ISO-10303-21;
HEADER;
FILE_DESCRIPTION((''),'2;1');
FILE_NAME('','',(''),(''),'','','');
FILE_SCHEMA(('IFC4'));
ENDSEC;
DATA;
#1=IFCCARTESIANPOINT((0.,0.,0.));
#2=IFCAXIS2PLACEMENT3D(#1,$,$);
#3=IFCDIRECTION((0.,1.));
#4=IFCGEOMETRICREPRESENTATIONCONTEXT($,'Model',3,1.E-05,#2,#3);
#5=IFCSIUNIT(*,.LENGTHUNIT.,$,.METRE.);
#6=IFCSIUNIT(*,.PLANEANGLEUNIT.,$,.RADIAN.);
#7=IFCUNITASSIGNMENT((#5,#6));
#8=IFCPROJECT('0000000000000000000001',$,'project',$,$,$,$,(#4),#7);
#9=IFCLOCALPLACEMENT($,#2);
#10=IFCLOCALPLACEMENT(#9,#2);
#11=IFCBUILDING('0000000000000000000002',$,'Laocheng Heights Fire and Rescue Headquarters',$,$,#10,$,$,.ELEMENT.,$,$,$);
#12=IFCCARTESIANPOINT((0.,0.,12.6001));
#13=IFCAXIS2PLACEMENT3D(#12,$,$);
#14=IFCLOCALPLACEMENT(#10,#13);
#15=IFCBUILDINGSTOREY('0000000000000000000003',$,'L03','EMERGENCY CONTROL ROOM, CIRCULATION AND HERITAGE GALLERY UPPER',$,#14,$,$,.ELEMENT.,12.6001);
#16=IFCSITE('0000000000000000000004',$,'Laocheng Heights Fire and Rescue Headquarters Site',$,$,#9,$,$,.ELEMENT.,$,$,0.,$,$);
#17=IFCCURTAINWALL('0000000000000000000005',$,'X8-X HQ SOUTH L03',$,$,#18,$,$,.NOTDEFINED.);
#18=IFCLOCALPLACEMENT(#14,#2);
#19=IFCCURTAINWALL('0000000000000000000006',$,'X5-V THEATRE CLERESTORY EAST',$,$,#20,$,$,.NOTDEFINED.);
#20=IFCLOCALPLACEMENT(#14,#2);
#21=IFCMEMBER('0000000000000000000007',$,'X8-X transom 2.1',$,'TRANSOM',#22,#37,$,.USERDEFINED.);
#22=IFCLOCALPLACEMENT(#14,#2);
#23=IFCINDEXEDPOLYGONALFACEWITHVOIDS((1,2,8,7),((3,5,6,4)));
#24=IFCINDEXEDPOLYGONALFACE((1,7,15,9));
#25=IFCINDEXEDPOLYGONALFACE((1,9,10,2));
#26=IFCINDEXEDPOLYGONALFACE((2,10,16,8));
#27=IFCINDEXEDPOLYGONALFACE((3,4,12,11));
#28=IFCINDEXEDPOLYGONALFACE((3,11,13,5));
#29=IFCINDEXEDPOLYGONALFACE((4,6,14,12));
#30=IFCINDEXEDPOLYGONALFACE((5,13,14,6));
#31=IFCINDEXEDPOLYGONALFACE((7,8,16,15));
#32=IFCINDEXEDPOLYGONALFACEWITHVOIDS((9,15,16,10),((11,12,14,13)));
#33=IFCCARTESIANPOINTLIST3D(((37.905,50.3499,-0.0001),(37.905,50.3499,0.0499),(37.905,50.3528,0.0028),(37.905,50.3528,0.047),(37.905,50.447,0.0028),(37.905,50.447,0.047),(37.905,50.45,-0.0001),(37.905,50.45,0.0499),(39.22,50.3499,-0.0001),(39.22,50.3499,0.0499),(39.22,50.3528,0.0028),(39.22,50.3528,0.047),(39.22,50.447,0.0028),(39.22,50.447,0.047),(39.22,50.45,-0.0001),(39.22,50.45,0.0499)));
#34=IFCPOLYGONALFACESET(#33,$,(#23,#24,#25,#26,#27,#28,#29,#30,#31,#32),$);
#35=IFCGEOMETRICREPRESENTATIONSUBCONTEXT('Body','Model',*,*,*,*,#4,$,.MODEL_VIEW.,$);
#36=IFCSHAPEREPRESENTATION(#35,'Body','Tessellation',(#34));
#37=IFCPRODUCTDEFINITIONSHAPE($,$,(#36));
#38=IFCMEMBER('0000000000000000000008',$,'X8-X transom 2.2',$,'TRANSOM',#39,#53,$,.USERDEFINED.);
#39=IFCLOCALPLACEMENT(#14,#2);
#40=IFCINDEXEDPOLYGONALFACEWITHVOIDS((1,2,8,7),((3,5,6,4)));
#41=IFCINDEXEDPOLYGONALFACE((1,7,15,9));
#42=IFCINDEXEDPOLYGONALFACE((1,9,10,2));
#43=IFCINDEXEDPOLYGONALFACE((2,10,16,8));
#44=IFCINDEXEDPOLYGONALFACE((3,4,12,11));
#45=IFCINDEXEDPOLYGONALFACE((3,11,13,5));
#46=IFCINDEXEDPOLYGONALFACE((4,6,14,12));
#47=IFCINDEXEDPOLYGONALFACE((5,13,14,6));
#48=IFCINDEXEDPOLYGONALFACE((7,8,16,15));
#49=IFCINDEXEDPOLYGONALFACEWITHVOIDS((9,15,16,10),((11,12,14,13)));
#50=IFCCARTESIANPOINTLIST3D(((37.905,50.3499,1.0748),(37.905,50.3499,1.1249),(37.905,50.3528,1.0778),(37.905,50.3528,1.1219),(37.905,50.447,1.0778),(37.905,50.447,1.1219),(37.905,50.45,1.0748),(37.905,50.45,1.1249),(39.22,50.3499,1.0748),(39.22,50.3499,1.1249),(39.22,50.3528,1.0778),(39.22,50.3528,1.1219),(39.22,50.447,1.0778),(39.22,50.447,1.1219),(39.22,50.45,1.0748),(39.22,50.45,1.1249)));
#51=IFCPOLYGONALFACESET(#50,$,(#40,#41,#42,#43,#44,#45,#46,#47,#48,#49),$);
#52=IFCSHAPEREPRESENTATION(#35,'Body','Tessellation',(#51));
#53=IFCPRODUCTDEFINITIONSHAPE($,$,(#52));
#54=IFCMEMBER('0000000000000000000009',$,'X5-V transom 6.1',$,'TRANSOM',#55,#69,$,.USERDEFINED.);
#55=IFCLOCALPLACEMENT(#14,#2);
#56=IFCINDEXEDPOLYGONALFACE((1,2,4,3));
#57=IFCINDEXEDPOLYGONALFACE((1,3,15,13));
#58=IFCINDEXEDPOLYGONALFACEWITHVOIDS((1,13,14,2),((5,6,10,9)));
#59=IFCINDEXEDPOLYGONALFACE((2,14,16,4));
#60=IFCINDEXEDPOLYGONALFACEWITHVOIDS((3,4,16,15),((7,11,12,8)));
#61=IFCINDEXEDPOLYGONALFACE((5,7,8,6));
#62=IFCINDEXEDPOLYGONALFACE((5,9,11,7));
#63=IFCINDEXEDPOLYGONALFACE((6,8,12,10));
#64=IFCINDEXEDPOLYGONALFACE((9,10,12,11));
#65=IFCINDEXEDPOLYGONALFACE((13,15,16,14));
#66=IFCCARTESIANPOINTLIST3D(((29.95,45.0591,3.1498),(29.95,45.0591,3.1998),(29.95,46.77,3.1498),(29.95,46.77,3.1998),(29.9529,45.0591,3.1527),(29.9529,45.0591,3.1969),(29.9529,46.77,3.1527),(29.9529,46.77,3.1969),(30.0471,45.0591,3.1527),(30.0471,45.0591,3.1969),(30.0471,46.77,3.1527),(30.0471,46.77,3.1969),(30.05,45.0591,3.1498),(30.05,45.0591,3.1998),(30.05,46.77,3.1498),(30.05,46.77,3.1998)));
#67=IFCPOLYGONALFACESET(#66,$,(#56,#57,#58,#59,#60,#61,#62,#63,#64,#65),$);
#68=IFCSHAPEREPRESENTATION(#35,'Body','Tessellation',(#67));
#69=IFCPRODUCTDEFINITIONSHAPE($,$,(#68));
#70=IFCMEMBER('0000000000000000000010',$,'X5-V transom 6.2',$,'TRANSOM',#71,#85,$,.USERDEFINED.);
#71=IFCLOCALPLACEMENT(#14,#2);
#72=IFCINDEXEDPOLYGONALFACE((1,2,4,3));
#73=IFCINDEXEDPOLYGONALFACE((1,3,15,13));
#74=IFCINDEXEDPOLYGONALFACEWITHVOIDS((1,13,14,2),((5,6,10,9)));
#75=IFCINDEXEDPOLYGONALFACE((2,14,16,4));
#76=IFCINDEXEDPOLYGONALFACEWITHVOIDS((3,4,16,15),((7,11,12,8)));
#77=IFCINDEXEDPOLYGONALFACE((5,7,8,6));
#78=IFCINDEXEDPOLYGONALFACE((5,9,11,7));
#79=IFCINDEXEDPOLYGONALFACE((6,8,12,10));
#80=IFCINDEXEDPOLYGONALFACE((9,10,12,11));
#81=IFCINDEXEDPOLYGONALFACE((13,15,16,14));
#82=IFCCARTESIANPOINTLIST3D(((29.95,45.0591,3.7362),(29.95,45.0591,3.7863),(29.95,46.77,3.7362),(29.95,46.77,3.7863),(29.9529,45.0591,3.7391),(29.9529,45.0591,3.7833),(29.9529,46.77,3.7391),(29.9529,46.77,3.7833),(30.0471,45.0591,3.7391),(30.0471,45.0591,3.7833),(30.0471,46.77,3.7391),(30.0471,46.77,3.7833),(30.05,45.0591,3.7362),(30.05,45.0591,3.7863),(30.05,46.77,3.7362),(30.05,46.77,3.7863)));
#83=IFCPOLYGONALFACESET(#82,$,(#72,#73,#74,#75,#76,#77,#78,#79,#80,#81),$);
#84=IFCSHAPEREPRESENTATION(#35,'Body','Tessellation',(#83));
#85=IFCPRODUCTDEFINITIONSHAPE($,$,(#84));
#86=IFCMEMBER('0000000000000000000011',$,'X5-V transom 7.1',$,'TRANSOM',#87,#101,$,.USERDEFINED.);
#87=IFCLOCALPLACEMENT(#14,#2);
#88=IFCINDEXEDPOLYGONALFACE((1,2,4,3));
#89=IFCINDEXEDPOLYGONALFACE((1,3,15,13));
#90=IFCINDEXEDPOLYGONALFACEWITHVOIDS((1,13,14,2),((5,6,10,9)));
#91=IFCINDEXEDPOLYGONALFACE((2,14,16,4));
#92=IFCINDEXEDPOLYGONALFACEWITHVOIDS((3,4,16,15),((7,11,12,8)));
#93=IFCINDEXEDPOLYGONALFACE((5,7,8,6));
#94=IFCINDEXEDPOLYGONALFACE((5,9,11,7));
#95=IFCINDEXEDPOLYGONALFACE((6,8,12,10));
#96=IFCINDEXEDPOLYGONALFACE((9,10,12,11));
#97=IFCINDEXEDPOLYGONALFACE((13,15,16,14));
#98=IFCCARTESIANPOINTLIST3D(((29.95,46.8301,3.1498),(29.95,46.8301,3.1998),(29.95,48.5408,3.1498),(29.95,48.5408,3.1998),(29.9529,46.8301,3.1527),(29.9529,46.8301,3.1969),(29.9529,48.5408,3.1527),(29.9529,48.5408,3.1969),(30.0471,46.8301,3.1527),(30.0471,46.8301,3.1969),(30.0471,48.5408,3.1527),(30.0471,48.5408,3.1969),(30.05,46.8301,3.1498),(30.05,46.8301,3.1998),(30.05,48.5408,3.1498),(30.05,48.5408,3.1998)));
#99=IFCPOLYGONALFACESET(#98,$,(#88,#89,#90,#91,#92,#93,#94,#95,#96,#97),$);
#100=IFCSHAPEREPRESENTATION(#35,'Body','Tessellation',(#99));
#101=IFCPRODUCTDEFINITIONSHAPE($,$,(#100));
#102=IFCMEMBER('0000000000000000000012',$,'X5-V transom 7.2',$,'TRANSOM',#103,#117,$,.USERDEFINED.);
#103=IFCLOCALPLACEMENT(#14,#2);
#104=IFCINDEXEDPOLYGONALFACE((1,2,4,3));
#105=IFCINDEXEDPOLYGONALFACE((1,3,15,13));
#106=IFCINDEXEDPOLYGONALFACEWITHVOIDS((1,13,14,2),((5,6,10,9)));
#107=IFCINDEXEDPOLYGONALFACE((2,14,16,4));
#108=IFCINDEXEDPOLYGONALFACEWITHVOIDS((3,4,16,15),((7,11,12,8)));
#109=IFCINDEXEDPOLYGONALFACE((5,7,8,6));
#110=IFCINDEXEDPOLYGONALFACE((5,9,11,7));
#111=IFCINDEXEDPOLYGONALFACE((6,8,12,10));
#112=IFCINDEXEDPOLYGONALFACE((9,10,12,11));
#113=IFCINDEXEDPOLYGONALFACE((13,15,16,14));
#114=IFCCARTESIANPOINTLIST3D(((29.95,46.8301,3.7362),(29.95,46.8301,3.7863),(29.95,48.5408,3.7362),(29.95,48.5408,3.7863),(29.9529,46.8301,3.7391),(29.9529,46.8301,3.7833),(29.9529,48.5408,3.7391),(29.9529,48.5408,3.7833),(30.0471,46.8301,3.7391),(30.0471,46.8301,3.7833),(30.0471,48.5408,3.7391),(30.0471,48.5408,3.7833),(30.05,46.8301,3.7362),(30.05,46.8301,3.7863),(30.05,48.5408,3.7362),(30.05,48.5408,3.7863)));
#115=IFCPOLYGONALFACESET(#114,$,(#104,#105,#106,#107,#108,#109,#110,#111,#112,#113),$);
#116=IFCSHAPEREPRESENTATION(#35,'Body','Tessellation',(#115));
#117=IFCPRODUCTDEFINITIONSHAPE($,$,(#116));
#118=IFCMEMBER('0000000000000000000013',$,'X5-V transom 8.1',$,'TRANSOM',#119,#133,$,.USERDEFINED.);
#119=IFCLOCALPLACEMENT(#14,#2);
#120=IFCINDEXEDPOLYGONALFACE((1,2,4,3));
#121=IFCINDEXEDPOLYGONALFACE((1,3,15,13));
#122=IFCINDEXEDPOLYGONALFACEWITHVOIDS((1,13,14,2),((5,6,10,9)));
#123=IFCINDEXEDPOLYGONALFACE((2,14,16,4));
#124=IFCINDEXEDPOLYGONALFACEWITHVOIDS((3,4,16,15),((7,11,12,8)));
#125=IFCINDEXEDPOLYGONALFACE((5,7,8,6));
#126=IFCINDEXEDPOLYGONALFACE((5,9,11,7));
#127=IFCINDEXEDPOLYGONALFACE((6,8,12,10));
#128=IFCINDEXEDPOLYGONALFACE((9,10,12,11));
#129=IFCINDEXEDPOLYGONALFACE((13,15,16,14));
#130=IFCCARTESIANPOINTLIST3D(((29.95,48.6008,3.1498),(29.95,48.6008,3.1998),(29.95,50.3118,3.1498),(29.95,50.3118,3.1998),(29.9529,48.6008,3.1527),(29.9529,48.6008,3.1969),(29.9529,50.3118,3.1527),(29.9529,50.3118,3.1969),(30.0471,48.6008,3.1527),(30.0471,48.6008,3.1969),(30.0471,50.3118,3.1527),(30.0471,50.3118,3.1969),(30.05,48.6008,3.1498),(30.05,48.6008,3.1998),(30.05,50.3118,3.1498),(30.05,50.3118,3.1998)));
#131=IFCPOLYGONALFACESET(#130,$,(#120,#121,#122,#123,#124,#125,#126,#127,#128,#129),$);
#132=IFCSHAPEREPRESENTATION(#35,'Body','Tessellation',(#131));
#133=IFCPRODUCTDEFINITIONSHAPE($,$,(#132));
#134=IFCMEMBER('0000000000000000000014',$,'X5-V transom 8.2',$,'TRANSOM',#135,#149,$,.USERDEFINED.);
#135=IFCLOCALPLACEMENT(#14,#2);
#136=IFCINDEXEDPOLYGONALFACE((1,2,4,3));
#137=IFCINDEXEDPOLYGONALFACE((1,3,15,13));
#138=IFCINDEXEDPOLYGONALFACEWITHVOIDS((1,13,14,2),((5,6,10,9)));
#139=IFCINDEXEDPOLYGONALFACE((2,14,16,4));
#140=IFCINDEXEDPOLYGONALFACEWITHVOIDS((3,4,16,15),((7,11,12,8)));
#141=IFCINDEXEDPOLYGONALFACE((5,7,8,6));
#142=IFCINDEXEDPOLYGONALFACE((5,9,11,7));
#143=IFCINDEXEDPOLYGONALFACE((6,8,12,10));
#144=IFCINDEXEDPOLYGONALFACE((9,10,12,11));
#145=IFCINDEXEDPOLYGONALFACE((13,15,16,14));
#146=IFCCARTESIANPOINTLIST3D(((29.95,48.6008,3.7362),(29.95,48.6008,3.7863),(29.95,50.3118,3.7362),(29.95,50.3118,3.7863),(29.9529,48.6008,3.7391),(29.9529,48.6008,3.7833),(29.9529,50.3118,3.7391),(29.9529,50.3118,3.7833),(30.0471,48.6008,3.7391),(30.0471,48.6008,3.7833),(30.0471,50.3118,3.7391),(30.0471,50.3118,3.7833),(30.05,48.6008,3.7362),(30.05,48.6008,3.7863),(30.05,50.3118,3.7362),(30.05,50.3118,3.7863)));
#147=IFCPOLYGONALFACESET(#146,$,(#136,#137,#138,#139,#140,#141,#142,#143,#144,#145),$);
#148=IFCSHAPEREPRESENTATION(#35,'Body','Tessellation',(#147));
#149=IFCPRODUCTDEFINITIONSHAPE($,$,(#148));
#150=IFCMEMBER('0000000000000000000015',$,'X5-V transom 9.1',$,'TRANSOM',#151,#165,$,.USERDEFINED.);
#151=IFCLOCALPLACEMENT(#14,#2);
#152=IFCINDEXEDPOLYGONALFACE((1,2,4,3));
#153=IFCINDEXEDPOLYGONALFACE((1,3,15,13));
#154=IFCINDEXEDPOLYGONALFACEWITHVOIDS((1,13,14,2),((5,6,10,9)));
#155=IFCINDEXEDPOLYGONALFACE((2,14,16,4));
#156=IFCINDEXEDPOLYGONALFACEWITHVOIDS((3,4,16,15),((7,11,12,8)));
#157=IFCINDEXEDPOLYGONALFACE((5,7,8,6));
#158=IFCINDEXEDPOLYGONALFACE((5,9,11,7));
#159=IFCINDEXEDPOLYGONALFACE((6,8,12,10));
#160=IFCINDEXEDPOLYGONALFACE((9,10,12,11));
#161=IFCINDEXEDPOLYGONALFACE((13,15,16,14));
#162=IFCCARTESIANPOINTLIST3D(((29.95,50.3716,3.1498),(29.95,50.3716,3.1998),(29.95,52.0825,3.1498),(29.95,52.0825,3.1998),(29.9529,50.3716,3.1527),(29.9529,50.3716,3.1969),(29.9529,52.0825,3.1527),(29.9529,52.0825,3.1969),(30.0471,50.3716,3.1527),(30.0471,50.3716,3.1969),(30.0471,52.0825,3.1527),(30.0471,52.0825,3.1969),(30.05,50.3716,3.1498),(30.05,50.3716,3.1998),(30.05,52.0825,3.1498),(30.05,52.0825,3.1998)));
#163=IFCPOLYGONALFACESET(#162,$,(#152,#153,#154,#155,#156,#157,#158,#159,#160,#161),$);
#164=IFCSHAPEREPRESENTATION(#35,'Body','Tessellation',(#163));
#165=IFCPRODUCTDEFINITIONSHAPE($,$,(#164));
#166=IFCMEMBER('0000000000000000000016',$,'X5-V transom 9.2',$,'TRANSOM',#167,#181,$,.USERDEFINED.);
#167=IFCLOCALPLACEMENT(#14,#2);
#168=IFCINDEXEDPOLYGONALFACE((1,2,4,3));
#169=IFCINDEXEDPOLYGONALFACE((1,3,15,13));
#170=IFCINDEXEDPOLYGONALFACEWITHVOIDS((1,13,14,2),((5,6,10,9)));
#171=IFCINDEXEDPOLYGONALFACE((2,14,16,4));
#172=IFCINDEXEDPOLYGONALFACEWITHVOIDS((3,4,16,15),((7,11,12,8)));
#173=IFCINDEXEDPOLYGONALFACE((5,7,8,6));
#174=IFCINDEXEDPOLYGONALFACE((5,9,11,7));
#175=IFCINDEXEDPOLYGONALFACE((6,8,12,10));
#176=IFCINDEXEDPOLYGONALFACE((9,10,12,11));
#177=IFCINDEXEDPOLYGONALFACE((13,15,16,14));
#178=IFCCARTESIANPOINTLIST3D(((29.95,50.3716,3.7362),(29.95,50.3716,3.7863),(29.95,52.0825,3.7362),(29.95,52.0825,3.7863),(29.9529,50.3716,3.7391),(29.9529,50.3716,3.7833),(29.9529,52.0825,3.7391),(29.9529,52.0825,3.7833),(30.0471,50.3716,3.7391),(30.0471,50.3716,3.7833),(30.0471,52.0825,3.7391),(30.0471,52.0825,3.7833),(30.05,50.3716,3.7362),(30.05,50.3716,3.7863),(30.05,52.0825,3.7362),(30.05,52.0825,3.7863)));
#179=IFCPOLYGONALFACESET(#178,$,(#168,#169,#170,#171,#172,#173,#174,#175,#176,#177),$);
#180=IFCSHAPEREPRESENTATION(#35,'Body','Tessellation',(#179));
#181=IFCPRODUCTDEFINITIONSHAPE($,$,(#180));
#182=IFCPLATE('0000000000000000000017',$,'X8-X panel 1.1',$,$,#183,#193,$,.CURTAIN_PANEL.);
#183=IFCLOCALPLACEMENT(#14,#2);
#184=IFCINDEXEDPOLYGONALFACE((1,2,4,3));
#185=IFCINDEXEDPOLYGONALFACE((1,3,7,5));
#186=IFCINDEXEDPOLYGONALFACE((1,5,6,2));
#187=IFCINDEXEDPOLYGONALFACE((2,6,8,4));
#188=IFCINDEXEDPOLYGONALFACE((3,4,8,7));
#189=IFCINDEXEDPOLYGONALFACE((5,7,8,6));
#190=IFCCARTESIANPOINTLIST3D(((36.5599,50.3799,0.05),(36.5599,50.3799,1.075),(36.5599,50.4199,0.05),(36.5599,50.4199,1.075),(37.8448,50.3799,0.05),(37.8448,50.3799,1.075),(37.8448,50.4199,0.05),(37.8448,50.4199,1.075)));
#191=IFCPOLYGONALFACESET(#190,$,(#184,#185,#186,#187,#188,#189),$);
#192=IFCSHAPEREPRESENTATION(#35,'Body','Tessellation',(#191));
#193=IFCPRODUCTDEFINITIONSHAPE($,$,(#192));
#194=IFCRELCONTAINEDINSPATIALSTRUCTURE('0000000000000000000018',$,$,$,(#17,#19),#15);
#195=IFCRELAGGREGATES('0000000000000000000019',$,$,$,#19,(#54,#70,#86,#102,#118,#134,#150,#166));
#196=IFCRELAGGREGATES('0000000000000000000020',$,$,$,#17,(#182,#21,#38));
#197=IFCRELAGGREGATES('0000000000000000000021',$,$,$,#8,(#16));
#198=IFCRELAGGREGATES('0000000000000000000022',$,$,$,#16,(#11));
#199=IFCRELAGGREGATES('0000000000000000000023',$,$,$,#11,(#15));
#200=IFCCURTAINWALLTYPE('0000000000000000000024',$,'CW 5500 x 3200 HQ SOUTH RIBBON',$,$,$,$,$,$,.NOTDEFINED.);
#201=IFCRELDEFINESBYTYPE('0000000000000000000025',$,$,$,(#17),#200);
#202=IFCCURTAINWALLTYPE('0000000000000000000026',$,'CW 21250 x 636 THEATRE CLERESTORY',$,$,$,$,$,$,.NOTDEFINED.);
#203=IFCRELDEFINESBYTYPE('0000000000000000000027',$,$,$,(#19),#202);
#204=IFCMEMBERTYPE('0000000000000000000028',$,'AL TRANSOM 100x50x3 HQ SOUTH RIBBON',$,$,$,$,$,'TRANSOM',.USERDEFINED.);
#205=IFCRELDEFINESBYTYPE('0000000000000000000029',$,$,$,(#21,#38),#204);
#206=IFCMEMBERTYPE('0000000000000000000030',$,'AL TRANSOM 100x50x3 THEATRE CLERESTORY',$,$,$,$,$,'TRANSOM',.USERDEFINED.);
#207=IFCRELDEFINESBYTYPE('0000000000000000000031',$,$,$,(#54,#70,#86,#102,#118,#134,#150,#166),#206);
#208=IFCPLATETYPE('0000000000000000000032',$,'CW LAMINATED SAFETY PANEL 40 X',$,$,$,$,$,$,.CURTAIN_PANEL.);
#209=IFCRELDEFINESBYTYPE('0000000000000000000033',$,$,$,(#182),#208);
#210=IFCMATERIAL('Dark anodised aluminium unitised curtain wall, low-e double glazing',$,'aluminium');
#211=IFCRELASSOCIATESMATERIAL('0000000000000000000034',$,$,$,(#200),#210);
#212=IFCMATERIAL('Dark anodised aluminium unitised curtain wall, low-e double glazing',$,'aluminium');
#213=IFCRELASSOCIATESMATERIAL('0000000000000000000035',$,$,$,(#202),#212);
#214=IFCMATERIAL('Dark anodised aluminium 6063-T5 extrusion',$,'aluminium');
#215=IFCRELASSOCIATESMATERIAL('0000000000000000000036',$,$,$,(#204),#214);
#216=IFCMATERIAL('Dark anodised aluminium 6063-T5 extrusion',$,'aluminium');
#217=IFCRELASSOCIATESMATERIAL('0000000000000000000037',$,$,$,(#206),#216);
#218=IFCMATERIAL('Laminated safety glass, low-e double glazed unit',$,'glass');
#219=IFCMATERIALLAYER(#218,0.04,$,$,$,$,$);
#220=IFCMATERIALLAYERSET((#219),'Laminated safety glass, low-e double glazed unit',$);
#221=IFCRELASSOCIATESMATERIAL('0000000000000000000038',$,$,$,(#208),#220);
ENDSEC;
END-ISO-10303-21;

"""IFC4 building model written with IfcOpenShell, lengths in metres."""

from ifc_helpers import new_model, si_unit, direction, frame, origin, origin_2d, place, context, subcontext, project, spatial, rectangle, hollow_rectangle, extrude, material, layer, layer_set, material_profile, profile_set, type_object, element, aggregate, save


model = new_model("IFC4")

# Units and contexts
model_context = context("Model", 3, precision=1e-05, world=origin(), true_north=direction((0.0, 1.0)))
body_context = subcontext(model_context, "Body", "Model", "MODEL_VIEW")
ifc_project = project(units=[si_unit("LENGTHUNIT", "METRE"), si_unit("PLANEANGLEUNIT", "RADIAN")], contexts=[model_context])

# Site, building, storey
site_placement = place(None, origin())
site = spatial("IfcSite", under=ifc_project, at=site_placement, Name="Laocheng Heights Fire and Rescue Headquarters Site", CompositionType="ELEMENT", RefElevation=0.0)
building_placement = place(site_placement, origin())
building = spatial("IfcBuilding", under=site, at=building_placement, Name="Laocheng Heights Fire and Rescue Headquarters", CompositionType="ELEMENT")
storey_placement = place(building_placement, frame((0.0, 0.0, 12.6001)))
storey = spatial("IfcBuildingStorey", under=building, at=storey_placement, Name="L03", Description="EMERGENCY CONTROL ROOM, CIRCULATION AND HERITAGE GALLERY UPPER", CompositionType="ELEMENT", Elevation=12.6001)

# Curtain walls
ifc_material_1 = material(Name="Dark anodised aluminium unitised curtain wall, low-e double glazing", Category="aluminium")
curtain_wall_type_1 = type_object("IfcCurtainWallType", Name="CW 5500 x 3200 HQ SOUTH RIBBON", PredefinedType="NOTDEFINED", material=ifc_material_1)
curtain_wall_1_placement = place(storey_placement, origin())
curtain_wall_1 = element("IfcCurtainWall", 1, at=curtain_wall_1_placement, inside=storey, type_object=curtain_wall_type_1, Name="X8-X HQ SOUTH L03", PredefinedType="NOTDEFINED")
ifc_material_2 = material(Name="Dark anodised aluminium unitised curtain wall, low-e double glazing", Category="aluminium")
curtain_wall_type_2 = type_object("IfcCurtainWallType", Name="CW 21250 x 636 THEATRE CLERESTORY", PredefinedType="NOTDEFINED", material=ifc_material_2)
curtain_wall_2_placement = place(storey_placement, origin())
curtain_wall_2 = element("IfcCurtainWall", 2, at=curtain_wall_2_placement, inside=storey, type_object=curtain_wall_type_2, Name="X5-V THEATRE CLERESTORY EAST", PredefinedType="NOTDEFINED")

# Members
ifc_material_3 = material(Name="Dark anodised aluminium 6063-T5 extrusion", Category="aluminium")
ifc_material_profile_1 = material_profile(ifc_material_3, hollow_rectangle(XDim=0.1001, YDim=0.05, WallThickness=0.0029, at=origin_2d()), Name="AL TRANSOM 100x50x3 HQ SOUTH RIBBON")
ifc_profile_set_1 = profile_set([ifc_material_profile_1], Name="Dark anodised aluminium 6063-T5 extrusion")
member_type_1 = type_object("IfcMemberType", Name="AL TRANSOM 100x50x3 HQ SOUTH RIBBON", ElementType="TRANSOM", PredefinedType="USERDEFINED", material=ifc_profile_set_1)
member_1_placement = place(storey_placement, frame((37.905, 50.3999, 0.0249), z_axis=(1.0, 0.0, 0.0), x_axis=(0.0, 1.0, 0.0)))
member_1 = element("IfcMember", 3, at=member_1_placement, type_object=member_type_1, Name="X8-X transom 2.1", ObjectType="TRANSOM", PredefinedType="USERDEFINED", context=body_context, shape_type="SweptSolid", body=[
    extrude(hollow_rectangle(XDim=0.1001, YDim=0.05, WallThickness=0.0029, at=origin_2d()), origin(), (0.0, 0.0, 1.0), 1.3149),
])
member_2_placement = place(storey_placement, frame((37.905, 50.3999, 1.0999), z_axis=(1.0, 0.0, 0.0), x_axis=(0.0, 1.0, 0.0)))
member_2 = element("IfcMember", 4, at=member_2_placement, type_object=member_type_1, Name="X8-X transom 2.2", ObjectType="TRANSOM", PredefinedType="USERDEFINED", context=body_context, shape_type="SweptSolid", body=[
    extrude(hollow_rectangle(XDim=0.1001, YDim=0.05, WallThickness=0.0029, at=origin_2d()), origin(), (0.0, 0.0, 1.0), 1.3149),
])
ifc_material_4 = material(Name="Dark anodised aluminium 6063-T5 extrusion", Category="aluminium")
ifc_material_profile_2 = material_profile(ifc_material_4, hollow_rectangle(XDim=0.1001, YDim=0.05, WallThickness=0.0029, at=origin_2d()), Name="AL TRANSOM 100x50x3 THEATRE CLERESTORY")
ifc_profile_set_2 = profile_set([ifc_material_profile_2], Name="Dark anodised aluminium 6063-T5 extrusion")
member_type_2 = type_object("IfcMemberType", Name="AL TRANSOM 100x50x3 THEATRE CLERESTORY", ElementType="TRANSOM", PredefinedType="USERDEFINED", material=ifc_profile_set_2)
member_3_placement = place(storey_placement, frame((30.0, 45.0591, 3.1748), z_axis=(0.0, 1.0, 0.0), x_axis=(-1.0, 0.0, 0.0)))
member_3 = element("IfcMember", 5, at=member_3_placement, type_object=member_type_2, Name="X5-V transom 6.1", ObjectType="TRANSOM", PredefinedType="USERDEFINED", context=body_context, shape_type="SweptSolid", body=[
    extrude(hollow_rectangle(XDim=0.1001, YDim=0.05, WallThickness=0.0029, at=origin_2d()), origin(), (0.0, 0.0, 1.0), 1.7109),
])
member_4_placement = place(storey_placement, frame((30.0, 45.0591, 3.7612), z_axis=(0.0, 1.0, 0.0), x_axis=(-1.0, 0.0, 0.0)))
member_4 = element("IfcMember", 6, at=member_4_placement, type_object=member_type_2, Name="X5-V transom 6.2", ObjectType="TRANSOM", PredefinedType="USERDEFINED", context=body_context, shape_type="SweptSolid", body=[
    extrude(hollow_rectangle(XDim=0.1001, YDim=0.05, WallThickness=0.0029, at=origin_2d()), origin(), (0.0, 0.0, 1.0), 1.7109),
])
member_5_placement = place(storey_placement, frame((30.0, 46.8301, 3.1748), z_axis=(0.0, 1.0, 0.0), x_axis=(-1.0, 0.0, 0.0)))
member_5 = element("IfcMember", 7, at=member_5_placement, type_object=member_type_2, Name="X5-V transom 7.1", ObjectType="TRANSOM", PredefinedType="USERDEFINED", context=body_context, shape_type="SweptSolid", body=[
    extrude(hollow_rectangle(XDim=0.1001, YDim=0.05, WallThickness=0.0029, at=origin_2d()), origin(), (0.0, 0.0, 1.0), 1.7107),
])
member_6_placement = place(storey_placement, frame((30.0, 46.8301, 3.7612), z_axis=(0.0, 1.0, 0.0), x_axis=(-1.0, 0.0, 0.0)))
member_6 = element("IfcMember", 8, at=member_6_placement, type_object=member_type_2, Name="X5-V transom 7.2", ObjectType="TRANSOM", PredefinedType="USERDEFINED", context=body_context, shape_type="SweptSolid", body=[
    extrude(hollow_rectangle(XDim=0.1001, YDim=0.05, WallThickness=0.0029, at=origin_2d()), origin(), (0.0, 0.0, 1.0), 1.7107),
])
member_7_placement = place(storey_placement, frame((30.0, 48.6008, 3.1748), z_axis=(0.0, 1.0, 0.0), x_axis=(-1.0, 0.0, 0.0)))
member_7 = element("IfcMember", 9, at=member_7_placement, type_object=member_type_2, Name="X5-V transom 8.1", ObjectType="TRANSOM", PredefinedType="USERDEFINED", context=body_context, shape_type="SweptSolid", body=[
    extrude(hollow_rectangle(XDim=0.1001, YDim=0.05, WallThickness=0.0029, at=origin_2d()), origin(), (0.0, 0.0, 1.0), 1.7109),
])
member_8_placement = place(storey_placement, frame((30.0, 48.6008, 3.7612), z_axis=(0.0, 1.0, 0.0), x_axis=(-1.0, 0.0, 0.0)))
member_8 = element("IfcMember", 10, at=member_8_placement, type_object=member_type_2, Name="X5-V transom 8.2", ObjectType="TRANSOM", PredefinedType="USERDEFINED", context=body_context, shape_type="SweptSolid", body=[
    extrude(hollow_rectangle(XDim=0.1001, YDim=0.05, WallThickness=0.0029, at=origin_2d()), origin(), (0.0, 0.0, 1.0), 1.7109),
])
member_9_placement = place(storey_placement, frame((30.0, 50.3716, 3.1748), z_axis=(0.0, 1.0, 0.0), x_axis=(-1.0, 0.0, 0.0)))
member_9 = element("IfcMember", 11, at=member_9_placement, type_object=member_type_2, Name="X5-V transom 9.1", ObjectType="TRANSOM", PredefinedType="USERDEFINED", context=body_context, shape_type="SweptSolid", body=[
    extrude(hollow_rectangle(XDim=0.1001, YDim=0.05, WallThickness=0.0029, at=origin_2d()), origin(), (0.0, 0.0, 1.0), 1.7109),
])
member_10_placement = place(storey_placement, frame((30.0, 50.3716, 3.7612), z_axis=(0.0, 1.0, 0.0), x_axis=(-1.0, 0.0, 0.0)))
member_10 = element("IfcMember", 12, at=member_10_placement, type_object=member_type_2, Name="X5-V transom 9.2", ObjectType="TRANSOM", PredefinedType="USERDEFINED", context=body_context, shape_type="SweptSolid", body=[
    extrude(hollow_rectangle(XDim=0.1001, YDim=0.05, WallThickness=0.0029, at=origin_2d()), origin(), (0.0, 0.0, 1.0), 1.7109),
])

# Plate
ifc_material_5 = material(Name="Laminated safety glass, low-e double glazed unit", Category="glass")
ifc_layer_1 = layer(ifc_material_5, 0.04)
ifc_layer_set_1 = layer_set([ifc_layer_1], Name="Laminated safety glass, low-e double glazed unit")
plate_type_1 = type_object("IfcPlateType", Name="CW LAMINATED SAFETY PANEL 40 X", PredefinedType="CURTAIN_PANEL", material=ifc_layer_set_1)
plate_1_placement = place(storey_placement, frame((37.2024, 50.3999, 0.05), z_axis=(0.0, 0.0, 1.0), x_axis=(1.0, 0.0, 0.0)))
plate_1 = element("IfcPlate", 13, at=plate_1_placement, type_object=plate_type_1, Name="X8-X panel 1.1", PredefinedType="CURTAIN_PANEL", context=body_context, shape_type="SweptSolid", body=[
    extrude(rectangle(XDim=1.2849, YDim=0.04, at=origin_2d()), origin(), (0.0, 0.0, 1.0), 1.0249),
])
aggregate(curtain_wall_2, [member_3, member_4, member_5, member_6, member_7, member_8, member_9, member_10])
aggregate(curtain_wall_1, [plate_1, member_1, member_2])

save(model, "model.ifc")
